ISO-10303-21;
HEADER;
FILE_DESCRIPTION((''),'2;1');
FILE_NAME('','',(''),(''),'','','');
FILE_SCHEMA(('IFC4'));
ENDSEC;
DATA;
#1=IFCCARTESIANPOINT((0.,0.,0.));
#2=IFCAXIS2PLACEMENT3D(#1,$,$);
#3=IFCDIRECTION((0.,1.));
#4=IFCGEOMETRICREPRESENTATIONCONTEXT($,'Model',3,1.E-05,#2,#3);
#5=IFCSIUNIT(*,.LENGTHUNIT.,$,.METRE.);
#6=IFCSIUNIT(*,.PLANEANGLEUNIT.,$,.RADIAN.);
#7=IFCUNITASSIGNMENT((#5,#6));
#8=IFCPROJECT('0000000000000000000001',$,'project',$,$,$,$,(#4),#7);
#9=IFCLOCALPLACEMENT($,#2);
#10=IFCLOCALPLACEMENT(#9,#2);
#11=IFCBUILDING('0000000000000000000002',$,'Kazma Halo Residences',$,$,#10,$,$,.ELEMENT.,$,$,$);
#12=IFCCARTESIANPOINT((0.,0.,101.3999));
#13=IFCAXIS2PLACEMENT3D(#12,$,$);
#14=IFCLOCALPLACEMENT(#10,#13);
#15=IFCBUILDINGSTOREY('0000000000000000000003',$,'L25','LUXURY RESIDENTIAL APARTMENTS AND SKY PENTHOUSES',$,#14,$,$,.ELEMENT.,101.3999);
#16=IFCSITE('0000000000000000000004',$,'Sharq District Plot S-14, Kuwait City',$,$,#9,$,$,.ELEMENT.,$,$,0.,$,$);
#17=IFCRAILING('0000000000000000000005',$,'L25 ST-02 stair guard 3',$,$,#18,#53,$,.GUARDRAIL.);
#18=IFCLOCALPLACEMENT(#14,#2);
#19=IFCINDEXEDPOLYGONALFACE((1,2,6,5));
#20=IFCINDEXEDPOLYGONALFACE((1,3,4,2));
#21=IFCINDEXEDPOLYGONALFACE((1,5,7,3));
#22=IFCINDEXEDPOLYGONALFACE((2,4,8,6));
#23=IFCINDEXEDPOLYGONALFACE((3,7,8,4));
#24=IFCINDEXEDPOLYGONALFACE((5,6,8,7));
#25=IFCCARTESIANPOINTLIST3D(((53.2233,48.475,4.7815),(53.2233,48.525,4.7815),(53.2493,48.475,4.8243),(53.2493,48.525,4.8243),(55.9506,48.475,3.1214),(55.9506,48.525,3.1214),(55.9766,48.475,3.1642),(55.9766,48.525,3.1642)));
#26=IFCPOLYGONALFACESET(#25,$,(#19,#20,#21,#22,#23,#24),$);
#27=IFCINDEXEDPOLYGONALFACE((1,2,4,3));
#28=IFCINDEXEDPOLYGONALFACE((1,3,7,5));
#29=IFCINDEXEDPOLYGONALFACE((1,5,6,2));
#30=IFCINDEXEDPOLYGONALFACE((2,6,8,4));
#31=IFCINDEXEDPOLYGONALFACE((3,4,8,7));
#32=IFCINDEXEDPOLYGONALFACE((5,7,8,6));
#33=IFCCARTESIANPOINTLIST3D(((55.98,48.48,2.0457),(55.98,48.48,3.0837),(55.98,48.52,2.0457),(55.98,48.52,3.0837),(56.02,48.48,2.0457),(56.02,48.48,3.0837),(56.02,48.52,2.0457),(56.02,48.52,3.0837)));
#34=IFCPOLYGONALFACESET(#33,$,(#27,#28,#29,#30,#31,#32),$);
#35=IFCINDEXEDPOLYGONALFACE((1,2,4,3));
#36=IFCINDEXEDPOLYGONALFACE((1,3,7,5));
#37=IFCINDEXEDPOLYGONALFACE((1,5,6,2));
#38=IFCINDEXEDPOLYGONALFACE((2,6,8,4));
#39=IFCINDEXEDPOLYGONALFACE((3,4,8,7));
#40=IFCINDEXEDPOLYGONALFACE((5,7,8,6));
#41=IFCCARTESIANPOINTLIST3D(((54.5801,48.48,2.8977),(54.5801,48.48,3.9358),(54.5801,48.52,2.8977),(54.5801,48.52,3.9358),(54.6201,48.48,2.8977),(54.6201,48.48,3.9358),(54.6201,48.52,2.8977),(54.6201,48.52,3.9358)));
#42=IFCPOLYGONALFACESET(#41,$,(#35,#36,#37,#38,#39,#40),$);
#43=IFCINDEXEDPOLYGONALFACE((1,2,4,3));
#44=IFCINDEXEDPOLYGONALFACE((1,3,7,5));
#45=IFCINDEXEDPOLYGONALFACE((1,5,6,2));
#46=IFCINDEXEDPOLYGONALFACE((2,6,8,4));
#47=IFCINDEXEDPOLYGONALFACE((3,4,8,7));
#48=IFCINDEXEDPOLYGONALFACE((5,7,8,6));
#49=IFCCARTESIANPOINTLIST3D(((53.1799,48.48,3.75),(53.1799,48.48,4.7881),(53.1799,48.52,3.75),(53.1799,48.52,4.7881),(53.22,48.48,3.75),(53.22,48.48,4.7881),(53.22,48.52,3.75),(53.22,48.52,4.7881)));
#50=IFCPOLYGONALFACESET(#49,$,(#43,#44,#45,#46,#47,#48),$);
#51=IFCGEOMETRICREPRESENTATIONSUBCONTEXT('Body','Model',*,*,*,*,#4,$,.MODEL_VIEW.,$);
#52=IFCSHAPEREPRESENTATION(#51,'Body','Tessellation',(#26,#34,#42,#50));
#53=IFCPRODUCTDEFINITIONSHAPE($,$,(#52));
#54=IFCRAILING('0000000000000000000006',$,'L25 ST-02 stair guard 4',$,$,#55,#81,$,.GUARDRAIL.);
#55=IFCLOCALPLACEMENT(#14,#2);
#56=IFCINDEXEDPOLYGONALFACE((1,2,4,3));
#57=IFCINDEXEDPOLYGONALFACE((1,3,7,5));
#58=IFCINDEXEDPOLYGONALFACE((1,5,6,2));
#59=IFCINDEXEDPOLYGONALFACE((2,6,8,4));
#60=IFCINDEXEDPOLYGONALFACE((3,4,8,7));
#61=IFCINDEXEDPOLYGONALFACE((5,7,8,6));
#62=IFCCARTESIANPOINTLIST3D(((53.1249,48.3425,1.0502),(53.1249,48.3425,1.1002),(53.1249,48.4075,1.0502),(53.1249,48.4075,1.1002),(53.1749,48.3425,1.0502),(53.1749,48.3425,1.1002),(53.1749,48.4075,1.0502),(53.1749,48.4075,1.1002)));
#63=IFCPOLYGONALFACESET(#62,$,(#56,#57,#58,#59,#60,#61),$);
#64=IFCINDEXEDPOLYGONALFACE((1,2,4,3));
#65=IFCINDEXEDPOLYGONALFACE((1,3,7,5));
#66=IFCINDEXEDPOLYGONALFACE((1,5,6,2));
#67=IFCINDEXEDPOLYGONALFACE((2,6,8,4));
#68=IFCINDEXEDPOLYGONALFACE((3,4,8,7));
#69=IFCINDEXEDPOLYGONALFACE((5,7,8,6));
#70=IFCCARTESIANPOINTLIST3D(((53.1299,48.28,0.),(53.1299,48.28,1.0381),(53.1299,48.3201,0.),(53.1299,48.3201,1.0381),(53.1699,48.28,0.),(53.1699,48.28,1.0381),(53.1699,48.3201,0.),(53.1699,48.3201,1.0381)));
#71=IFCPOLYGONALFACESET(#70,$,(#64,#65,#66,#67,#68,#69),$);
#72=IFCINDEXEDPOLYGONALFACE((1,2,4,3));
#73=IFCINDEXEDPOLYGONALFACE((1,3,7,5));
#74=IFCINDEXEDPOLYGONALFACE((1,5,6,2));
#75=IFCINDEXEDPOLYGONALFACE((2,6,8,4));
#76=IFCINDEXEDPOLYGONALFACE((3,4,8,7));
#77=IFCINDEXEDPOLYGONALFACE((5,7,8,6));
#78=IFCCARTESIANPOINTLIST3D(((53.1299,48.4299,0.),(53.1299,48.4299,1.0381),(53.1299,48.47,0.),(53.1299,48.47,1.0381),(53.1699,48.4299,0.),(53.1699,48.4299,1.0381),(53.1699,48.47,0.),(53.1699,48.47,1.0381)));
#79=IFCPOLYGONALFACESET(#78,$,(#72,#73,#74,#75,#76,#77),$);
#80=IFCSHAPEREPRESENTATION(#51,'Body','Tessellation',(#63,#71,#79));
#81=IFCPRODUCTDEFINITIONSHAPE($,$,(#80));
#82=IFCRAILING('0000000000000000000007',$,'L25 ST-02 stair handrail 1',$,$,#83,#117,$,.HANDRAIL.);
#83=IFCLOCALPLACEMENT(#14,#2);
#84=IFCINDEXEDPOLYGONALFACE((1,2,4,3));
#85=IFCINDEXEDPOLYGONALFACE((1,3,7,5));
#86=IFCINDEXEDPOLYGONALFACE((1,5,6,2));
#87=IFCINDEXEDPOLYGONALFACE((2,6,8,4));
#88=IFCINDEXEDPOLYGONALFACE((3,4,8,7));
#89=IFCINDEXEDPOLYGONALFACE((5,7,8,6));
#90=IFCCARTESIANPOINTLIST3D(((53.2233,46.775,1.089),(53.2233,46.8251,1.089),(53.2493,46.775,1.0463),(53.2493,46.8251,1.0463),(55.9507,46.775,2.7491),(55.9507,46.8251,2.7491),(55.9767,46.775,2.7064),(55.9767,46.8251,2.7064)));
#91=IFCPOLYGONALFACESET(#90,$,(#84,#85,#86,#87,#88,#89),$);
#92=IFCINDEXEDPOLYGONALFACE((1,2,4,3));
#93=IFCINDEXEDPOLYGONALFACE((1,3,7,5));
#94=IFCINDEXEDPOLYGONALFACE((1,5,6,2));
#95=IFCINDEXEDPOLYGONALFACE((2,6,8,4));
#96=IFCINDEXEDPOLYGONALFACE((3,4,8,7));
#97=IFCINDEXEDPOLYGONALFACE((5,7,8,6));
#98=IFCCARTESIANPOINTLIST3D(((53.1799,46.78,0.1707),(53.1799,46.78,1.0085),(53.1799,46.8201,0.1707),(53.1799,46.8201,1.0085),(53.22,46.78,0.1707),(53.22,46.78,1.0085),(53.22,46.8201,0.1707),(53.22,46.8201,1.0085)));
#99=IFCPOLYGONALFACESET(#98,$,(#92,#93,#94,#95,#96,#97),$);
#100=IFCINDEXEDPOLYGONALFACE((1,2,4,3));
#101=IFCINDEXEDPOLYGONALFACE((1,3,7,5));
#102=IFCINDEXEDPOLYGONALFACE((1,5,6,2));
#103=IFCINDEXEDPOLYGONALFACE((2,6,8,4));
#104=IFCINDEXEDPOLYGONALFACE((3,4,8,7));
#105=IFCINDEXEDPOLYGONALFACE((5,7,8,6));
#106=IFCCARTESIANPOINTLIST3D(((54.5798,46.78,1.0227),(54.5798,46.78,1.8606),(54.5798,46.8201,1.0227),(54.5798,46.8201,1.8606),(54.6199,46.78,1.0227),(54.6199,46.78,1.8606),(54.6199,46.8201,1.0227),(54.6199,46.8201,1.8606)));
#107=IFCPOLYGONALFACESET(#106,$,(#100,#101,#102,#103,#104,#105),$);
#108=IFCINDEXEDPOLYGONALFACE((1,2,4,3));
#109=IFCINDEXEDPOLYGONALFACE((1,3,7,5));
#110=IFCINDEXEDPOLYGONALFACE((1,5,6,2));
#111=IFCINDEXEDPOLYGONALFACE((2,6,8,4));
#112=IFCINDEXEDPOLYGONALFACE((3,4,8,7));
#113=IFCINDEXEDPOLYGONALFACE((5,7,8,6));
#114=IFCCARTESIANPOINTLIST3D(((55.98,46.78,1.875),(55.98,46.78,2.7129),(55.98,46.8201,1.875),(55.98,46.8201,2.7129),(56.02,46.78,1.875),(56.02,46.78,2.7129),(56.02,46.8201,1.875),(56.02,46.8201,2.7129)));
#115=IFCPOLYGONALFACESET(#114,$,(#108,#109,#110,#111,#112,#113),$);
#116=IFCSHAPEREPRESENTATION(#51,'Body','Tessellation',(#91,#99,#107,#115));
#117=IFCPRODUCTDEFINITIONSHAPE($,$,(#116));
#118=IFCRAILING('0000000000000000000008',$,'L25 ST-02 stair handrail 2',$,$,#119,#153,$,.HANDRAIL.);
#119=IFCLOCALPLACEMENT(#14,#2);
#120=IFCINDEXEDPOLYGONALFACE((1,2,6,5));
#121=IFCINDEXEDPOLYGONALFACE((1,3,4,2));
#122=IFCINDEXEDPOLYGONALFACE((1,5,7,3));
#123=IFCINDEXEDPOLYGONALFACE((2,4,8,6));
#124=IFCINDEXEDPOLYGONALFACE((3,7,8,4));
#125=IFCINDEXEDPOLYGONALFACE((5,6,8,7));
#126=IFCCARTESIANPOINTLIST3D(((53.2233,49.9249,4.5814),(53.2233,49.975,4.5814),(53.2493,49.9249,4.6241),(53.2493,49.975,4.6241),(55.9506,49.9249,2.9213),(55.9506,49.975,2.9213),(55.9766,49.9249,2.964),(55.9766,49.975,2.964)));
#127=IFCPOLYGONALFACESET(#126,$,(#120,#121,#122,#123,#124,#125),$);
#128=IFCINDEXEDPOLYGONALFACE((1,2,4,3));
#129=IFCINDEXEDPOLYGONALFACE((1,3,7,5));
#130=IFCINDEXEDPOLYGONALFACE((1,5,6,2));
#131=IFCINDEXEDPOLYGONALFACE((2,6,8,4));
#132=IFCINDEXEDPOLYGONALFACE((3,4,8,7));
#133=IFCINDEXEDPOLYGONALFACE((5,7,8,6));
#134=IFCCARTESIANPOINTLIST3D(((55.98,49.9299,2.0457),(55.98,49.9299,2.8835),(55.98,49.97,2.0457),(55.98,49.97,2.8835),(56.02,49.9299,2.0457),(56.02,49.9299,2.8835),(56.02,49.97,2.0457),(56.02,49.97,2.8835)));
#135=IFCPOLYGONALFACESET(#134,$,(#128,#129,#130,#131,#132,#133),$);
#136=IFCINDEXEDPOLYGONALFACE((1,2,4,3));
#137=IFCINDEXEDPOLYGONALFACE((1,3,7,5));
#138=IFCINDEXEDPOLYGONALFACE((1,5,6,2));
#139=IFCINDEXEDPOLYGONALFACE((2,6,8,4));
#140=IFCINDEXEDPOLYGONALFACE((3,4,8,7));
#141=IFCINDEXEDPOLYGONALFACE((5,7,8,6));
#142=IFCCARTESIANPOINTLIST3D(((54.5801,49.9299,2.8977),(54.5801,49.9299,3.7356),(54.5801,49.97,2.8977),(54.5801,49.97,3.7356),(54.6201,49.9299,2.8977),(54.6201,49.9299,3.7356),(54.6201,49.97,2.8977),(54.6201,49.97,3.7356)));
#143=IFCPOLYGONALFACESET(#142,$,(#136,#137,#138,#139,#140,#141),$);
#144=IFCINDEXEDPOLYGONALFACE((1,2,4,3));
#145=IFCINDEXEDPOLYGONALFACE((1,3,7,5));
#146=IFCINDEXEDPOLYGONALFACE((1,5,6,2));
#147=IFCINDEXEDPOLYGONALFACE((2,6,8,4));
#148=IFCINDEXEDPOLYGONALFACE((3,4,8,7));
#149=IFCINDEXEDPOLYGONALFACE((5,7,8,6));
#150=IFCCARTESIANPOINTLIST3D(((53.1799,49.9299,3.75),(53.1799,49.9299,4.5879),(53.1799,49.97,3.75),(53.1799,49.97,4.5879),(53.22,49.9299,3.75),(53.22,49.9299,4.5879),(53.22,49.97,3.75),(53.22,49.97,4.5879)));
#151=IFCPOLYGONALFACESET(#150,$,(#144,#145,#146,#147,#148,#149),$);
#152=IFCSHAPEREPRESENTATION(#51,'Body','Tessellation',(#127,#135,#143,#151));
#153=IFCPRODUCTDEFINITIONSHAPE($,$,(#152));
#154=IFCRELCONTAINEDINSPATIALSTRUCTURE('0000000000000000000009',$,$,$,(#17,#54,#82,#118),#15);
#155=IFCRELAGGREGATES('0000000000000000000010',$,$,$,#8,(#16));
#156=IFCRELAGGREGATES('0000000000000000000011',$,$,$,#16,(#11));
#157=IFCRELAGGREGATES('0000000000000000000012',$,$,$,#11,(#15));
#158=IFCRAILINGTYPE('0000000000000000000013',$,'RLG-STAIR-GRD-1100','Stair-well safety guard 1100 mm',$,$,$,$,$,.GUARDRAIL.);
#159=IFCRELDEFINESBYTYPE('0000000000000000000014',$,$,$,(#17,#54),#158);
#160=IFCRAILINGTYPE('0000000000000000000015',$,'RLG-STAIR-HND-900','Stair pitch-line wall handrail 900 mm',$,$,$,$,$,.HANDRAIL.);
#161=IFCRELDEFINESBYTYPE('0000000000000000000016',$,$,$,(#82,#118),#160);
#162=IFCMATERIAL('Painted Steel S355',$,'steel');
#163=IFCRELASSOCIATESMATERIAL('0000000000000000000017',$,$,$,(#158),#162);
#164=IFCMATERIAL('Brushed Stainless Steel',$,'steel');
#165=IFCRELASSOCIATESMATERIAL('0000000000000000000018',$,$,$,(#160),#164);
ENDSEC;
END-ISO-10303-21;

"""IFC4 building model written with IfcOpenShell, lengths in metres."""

from ifc_helpers import new_model, si_unit, direction, frame, origin, origin_2d, place, context, subcontext, project, spatial, rectangle, extrude, material, type_object, element, save


model = new_model("IFC4")

# Units and contexts
model_context = context("Model", 3, precision=1e-05, world=origin(), true_north=direction((0.0, 1.0)))
body_context = subcontext(model_context, "Body", "Model", "MODEL_VIEW")
ifc_project = project(units=[si_unit("LENGTHUNIT", "METRE"), si_unit("PLANEANGLEUNIT", "RADIAN")], contexts=[model_context])

# Site, building, storey
site_placement = place(None, origin())
site = spatial("IfcSite", under=ifc_project, at=site_placement, Name="Sharq District Plot S-14, Kuwait City", CompositionType="ELEMENT", RefElevation=0.0)
building_placement = place(site_placement, origin())
building = spatial("IfcBuilding", under=site, at=building_placement, Name="Kazma Halo Residences", CompositionType="ELEMENT")
storey_placement = place(building_placement, frame((0.0, 0.0, 101.3999)))
storey = spatial("IfcBuildingStorey", under=building, at=storey_placement, Name="L25", Description="LUXURY RESIDENTIAL APARTMENTS AND SKY PENTHOUSES", CompositionType="ELEMENT", Elevation=101.3999)

# Railings
ifc_material_1 = material(Name="Painted Steel S355", Category="steel")
railing_type_1 = type_object("IfcRailingType", Name="RLG-STAIR-GRD-1100", Description="Stair-well safety guard 1100 mm", PredefinedType="GUARDRAIL", material=ifc_material_1)
railing_1_placement = place(storey_placement, frame((56.0, 48.5, 2.0457)))
element("IfcRailing", 1, at=railing_1_placement, inside=storey, type_object=railing_type_1, Name="L25 ST-02 stair guard 3", PredefinedType="GUARDRAIL", context=body_context, shape_type="SweptSolid", body=[
    extrude(rectangle(XDim=0.05, YDim=0.05, at=origin_2d()), frame((-0.0364, 0.0, 1.0972), z_axis=(-0.854203, 0.0, 0.51994), x_axis=(0.0, -1.0, 0.0)), (0.0, 0.0, 1.0), 3.1929),
    extrude(rectangle(XDim=0.04, YDim=0.04, at=origin_2d()), origin(), (0.0, 0.0, 1.0), 1.0381),
    extrude(rectangle(XDim=0.04, YDim=0.04, at=origin_2d()), frame((-1.3999, 0.0, 0.8521)), (0.0, 0.0, 1.0), 1.0381),
    extrude(rectangle(XDim=0.04, YDim=0.04, at=origin_2d()), frame((-2.8, 0.0, 1.7043)), (0.0, 0.0, 1.0), 1.0381),
])
railing_2_placement = place(storey_placement, frame((53.1499, 48.3, 0.0)))
element("IfcRailing", 2, at=railing_2_placement, inside=storey, type_object=railing_type_1, Name="L25 ST-02 stair guard 4", PredefinedType="GUARDRAIL", context=body_context, shape_type="SweptSolid", body=[
    extrude(rectangle(XDim=0.05, YDim=0.05, at=origin_2d()), frame((0.0, 0.0425, 1.0752), z_axis=(0.0, 1.0, 0.0), x_axis=(-1.0, 0.0, 0.0)), (0.0, 0.0, 1.0), 0.0649),
    extrude(rectangle(XDim=0.04, YDim=0.04, at=origin_2d()), origin(), (0.0, 0.0, 1.0), 1.0381),
    extrude(rectangle(XDim=0.04, YDim=0.04, at=origin_2d()), frame((0.0, 0.1499, 0.0)), (0.0, 0.0, 1.0), 1.0381),
])
ifc_material_2 = material(Name="Brushed Stainless Steel", Category="steel")
railing_type_2 = type_object("IfcRailingType", Name="RLG-STAIR-HND-900", Description="Stair pitch-line wall handrail 900 mm", PredefinedType="HANDRAIL", material=ifc_material_2)
railing_3_placement = place(storey_placement, frame((53.2, 46.8, 0.1707)))
element("IfcRailing", 3, at=railing_3_placement, inside=storey, type_object=railing_type_2, Name="L25 ST-02 stair handrail 1", PredefinedType="HANDRAIL", context=body_context, shape_type="SweptSolid", body=[
    extrude(rectangle(XDim=0.05, YDim=0.05, at=origin_2d()), frame((0.0364, 0.0, 0.897), z_axis=(0.854203, 0.0, 0.51994), x_axis=(0.0, 1.0, 0.0)), (0.0, 0.0, 1.0), 3.1929),
    extrude(rectangle(XDim=0.04, YDim=0.04, at=origin_2d()), origin(), (0.0, 0.0, 1.0), 0.8379),
    extrude(rectangle(XDim=0.04, YDim=0.04, at=origin_2d()), frame((1.3999, 0.0, 0.8521)), (0.0, 0.0, 1.0), 0.8379),
    extrude(rectangle(XDim=0.04, YDim=0.04, at=origin_2d()), frame((2.8, 0.0, 1.7043)), (0.0, 0.0, 1.0), 0.8379),
])
railing_4_placement = place(storey_placement, frame((56.0, 49.95, 2.0457)))
element("IfcRailing", 4, at=railing_4_placement, inside=storey, type_object=railing_type_2, Name="L25 ST-02 stair handrail 2", PredefinedType="HANDRAIL", context=body_context, shape_type="SweptSolid", body=[
    extrude(rectangle(XDim=0.05, YDim=0.05, at=origin_2d()), frame((-0.0364, 0.0, 0.897), z_axis=(-0.854203, 0.0, 0.51994), x_axis=(0.0, -1.0, 0.0)), (0.0, 0.0, 1.0), 3.1929),
    extrude(rectangle(XDim=0.04, YDim=0.04, at=origin_2d()), origin(), (0.0, 0.0, 1.0), 0.8379),
    extrude(rectangle(XDim=0.04, YDim=0.04, at=origin_2d()), frame((-1.3999, 0.0, 0.8521)), (0.0, 0.0, 1.0), 0.8379),
    extrude(rectangle(XDim=0.04, YDim=0.04, at=origin_2d()), frame((-2.8, 0.0, 1.7043)), (0.0, 0.0, 1.0), 0.8379),
])

save(model, "model.ifc")
